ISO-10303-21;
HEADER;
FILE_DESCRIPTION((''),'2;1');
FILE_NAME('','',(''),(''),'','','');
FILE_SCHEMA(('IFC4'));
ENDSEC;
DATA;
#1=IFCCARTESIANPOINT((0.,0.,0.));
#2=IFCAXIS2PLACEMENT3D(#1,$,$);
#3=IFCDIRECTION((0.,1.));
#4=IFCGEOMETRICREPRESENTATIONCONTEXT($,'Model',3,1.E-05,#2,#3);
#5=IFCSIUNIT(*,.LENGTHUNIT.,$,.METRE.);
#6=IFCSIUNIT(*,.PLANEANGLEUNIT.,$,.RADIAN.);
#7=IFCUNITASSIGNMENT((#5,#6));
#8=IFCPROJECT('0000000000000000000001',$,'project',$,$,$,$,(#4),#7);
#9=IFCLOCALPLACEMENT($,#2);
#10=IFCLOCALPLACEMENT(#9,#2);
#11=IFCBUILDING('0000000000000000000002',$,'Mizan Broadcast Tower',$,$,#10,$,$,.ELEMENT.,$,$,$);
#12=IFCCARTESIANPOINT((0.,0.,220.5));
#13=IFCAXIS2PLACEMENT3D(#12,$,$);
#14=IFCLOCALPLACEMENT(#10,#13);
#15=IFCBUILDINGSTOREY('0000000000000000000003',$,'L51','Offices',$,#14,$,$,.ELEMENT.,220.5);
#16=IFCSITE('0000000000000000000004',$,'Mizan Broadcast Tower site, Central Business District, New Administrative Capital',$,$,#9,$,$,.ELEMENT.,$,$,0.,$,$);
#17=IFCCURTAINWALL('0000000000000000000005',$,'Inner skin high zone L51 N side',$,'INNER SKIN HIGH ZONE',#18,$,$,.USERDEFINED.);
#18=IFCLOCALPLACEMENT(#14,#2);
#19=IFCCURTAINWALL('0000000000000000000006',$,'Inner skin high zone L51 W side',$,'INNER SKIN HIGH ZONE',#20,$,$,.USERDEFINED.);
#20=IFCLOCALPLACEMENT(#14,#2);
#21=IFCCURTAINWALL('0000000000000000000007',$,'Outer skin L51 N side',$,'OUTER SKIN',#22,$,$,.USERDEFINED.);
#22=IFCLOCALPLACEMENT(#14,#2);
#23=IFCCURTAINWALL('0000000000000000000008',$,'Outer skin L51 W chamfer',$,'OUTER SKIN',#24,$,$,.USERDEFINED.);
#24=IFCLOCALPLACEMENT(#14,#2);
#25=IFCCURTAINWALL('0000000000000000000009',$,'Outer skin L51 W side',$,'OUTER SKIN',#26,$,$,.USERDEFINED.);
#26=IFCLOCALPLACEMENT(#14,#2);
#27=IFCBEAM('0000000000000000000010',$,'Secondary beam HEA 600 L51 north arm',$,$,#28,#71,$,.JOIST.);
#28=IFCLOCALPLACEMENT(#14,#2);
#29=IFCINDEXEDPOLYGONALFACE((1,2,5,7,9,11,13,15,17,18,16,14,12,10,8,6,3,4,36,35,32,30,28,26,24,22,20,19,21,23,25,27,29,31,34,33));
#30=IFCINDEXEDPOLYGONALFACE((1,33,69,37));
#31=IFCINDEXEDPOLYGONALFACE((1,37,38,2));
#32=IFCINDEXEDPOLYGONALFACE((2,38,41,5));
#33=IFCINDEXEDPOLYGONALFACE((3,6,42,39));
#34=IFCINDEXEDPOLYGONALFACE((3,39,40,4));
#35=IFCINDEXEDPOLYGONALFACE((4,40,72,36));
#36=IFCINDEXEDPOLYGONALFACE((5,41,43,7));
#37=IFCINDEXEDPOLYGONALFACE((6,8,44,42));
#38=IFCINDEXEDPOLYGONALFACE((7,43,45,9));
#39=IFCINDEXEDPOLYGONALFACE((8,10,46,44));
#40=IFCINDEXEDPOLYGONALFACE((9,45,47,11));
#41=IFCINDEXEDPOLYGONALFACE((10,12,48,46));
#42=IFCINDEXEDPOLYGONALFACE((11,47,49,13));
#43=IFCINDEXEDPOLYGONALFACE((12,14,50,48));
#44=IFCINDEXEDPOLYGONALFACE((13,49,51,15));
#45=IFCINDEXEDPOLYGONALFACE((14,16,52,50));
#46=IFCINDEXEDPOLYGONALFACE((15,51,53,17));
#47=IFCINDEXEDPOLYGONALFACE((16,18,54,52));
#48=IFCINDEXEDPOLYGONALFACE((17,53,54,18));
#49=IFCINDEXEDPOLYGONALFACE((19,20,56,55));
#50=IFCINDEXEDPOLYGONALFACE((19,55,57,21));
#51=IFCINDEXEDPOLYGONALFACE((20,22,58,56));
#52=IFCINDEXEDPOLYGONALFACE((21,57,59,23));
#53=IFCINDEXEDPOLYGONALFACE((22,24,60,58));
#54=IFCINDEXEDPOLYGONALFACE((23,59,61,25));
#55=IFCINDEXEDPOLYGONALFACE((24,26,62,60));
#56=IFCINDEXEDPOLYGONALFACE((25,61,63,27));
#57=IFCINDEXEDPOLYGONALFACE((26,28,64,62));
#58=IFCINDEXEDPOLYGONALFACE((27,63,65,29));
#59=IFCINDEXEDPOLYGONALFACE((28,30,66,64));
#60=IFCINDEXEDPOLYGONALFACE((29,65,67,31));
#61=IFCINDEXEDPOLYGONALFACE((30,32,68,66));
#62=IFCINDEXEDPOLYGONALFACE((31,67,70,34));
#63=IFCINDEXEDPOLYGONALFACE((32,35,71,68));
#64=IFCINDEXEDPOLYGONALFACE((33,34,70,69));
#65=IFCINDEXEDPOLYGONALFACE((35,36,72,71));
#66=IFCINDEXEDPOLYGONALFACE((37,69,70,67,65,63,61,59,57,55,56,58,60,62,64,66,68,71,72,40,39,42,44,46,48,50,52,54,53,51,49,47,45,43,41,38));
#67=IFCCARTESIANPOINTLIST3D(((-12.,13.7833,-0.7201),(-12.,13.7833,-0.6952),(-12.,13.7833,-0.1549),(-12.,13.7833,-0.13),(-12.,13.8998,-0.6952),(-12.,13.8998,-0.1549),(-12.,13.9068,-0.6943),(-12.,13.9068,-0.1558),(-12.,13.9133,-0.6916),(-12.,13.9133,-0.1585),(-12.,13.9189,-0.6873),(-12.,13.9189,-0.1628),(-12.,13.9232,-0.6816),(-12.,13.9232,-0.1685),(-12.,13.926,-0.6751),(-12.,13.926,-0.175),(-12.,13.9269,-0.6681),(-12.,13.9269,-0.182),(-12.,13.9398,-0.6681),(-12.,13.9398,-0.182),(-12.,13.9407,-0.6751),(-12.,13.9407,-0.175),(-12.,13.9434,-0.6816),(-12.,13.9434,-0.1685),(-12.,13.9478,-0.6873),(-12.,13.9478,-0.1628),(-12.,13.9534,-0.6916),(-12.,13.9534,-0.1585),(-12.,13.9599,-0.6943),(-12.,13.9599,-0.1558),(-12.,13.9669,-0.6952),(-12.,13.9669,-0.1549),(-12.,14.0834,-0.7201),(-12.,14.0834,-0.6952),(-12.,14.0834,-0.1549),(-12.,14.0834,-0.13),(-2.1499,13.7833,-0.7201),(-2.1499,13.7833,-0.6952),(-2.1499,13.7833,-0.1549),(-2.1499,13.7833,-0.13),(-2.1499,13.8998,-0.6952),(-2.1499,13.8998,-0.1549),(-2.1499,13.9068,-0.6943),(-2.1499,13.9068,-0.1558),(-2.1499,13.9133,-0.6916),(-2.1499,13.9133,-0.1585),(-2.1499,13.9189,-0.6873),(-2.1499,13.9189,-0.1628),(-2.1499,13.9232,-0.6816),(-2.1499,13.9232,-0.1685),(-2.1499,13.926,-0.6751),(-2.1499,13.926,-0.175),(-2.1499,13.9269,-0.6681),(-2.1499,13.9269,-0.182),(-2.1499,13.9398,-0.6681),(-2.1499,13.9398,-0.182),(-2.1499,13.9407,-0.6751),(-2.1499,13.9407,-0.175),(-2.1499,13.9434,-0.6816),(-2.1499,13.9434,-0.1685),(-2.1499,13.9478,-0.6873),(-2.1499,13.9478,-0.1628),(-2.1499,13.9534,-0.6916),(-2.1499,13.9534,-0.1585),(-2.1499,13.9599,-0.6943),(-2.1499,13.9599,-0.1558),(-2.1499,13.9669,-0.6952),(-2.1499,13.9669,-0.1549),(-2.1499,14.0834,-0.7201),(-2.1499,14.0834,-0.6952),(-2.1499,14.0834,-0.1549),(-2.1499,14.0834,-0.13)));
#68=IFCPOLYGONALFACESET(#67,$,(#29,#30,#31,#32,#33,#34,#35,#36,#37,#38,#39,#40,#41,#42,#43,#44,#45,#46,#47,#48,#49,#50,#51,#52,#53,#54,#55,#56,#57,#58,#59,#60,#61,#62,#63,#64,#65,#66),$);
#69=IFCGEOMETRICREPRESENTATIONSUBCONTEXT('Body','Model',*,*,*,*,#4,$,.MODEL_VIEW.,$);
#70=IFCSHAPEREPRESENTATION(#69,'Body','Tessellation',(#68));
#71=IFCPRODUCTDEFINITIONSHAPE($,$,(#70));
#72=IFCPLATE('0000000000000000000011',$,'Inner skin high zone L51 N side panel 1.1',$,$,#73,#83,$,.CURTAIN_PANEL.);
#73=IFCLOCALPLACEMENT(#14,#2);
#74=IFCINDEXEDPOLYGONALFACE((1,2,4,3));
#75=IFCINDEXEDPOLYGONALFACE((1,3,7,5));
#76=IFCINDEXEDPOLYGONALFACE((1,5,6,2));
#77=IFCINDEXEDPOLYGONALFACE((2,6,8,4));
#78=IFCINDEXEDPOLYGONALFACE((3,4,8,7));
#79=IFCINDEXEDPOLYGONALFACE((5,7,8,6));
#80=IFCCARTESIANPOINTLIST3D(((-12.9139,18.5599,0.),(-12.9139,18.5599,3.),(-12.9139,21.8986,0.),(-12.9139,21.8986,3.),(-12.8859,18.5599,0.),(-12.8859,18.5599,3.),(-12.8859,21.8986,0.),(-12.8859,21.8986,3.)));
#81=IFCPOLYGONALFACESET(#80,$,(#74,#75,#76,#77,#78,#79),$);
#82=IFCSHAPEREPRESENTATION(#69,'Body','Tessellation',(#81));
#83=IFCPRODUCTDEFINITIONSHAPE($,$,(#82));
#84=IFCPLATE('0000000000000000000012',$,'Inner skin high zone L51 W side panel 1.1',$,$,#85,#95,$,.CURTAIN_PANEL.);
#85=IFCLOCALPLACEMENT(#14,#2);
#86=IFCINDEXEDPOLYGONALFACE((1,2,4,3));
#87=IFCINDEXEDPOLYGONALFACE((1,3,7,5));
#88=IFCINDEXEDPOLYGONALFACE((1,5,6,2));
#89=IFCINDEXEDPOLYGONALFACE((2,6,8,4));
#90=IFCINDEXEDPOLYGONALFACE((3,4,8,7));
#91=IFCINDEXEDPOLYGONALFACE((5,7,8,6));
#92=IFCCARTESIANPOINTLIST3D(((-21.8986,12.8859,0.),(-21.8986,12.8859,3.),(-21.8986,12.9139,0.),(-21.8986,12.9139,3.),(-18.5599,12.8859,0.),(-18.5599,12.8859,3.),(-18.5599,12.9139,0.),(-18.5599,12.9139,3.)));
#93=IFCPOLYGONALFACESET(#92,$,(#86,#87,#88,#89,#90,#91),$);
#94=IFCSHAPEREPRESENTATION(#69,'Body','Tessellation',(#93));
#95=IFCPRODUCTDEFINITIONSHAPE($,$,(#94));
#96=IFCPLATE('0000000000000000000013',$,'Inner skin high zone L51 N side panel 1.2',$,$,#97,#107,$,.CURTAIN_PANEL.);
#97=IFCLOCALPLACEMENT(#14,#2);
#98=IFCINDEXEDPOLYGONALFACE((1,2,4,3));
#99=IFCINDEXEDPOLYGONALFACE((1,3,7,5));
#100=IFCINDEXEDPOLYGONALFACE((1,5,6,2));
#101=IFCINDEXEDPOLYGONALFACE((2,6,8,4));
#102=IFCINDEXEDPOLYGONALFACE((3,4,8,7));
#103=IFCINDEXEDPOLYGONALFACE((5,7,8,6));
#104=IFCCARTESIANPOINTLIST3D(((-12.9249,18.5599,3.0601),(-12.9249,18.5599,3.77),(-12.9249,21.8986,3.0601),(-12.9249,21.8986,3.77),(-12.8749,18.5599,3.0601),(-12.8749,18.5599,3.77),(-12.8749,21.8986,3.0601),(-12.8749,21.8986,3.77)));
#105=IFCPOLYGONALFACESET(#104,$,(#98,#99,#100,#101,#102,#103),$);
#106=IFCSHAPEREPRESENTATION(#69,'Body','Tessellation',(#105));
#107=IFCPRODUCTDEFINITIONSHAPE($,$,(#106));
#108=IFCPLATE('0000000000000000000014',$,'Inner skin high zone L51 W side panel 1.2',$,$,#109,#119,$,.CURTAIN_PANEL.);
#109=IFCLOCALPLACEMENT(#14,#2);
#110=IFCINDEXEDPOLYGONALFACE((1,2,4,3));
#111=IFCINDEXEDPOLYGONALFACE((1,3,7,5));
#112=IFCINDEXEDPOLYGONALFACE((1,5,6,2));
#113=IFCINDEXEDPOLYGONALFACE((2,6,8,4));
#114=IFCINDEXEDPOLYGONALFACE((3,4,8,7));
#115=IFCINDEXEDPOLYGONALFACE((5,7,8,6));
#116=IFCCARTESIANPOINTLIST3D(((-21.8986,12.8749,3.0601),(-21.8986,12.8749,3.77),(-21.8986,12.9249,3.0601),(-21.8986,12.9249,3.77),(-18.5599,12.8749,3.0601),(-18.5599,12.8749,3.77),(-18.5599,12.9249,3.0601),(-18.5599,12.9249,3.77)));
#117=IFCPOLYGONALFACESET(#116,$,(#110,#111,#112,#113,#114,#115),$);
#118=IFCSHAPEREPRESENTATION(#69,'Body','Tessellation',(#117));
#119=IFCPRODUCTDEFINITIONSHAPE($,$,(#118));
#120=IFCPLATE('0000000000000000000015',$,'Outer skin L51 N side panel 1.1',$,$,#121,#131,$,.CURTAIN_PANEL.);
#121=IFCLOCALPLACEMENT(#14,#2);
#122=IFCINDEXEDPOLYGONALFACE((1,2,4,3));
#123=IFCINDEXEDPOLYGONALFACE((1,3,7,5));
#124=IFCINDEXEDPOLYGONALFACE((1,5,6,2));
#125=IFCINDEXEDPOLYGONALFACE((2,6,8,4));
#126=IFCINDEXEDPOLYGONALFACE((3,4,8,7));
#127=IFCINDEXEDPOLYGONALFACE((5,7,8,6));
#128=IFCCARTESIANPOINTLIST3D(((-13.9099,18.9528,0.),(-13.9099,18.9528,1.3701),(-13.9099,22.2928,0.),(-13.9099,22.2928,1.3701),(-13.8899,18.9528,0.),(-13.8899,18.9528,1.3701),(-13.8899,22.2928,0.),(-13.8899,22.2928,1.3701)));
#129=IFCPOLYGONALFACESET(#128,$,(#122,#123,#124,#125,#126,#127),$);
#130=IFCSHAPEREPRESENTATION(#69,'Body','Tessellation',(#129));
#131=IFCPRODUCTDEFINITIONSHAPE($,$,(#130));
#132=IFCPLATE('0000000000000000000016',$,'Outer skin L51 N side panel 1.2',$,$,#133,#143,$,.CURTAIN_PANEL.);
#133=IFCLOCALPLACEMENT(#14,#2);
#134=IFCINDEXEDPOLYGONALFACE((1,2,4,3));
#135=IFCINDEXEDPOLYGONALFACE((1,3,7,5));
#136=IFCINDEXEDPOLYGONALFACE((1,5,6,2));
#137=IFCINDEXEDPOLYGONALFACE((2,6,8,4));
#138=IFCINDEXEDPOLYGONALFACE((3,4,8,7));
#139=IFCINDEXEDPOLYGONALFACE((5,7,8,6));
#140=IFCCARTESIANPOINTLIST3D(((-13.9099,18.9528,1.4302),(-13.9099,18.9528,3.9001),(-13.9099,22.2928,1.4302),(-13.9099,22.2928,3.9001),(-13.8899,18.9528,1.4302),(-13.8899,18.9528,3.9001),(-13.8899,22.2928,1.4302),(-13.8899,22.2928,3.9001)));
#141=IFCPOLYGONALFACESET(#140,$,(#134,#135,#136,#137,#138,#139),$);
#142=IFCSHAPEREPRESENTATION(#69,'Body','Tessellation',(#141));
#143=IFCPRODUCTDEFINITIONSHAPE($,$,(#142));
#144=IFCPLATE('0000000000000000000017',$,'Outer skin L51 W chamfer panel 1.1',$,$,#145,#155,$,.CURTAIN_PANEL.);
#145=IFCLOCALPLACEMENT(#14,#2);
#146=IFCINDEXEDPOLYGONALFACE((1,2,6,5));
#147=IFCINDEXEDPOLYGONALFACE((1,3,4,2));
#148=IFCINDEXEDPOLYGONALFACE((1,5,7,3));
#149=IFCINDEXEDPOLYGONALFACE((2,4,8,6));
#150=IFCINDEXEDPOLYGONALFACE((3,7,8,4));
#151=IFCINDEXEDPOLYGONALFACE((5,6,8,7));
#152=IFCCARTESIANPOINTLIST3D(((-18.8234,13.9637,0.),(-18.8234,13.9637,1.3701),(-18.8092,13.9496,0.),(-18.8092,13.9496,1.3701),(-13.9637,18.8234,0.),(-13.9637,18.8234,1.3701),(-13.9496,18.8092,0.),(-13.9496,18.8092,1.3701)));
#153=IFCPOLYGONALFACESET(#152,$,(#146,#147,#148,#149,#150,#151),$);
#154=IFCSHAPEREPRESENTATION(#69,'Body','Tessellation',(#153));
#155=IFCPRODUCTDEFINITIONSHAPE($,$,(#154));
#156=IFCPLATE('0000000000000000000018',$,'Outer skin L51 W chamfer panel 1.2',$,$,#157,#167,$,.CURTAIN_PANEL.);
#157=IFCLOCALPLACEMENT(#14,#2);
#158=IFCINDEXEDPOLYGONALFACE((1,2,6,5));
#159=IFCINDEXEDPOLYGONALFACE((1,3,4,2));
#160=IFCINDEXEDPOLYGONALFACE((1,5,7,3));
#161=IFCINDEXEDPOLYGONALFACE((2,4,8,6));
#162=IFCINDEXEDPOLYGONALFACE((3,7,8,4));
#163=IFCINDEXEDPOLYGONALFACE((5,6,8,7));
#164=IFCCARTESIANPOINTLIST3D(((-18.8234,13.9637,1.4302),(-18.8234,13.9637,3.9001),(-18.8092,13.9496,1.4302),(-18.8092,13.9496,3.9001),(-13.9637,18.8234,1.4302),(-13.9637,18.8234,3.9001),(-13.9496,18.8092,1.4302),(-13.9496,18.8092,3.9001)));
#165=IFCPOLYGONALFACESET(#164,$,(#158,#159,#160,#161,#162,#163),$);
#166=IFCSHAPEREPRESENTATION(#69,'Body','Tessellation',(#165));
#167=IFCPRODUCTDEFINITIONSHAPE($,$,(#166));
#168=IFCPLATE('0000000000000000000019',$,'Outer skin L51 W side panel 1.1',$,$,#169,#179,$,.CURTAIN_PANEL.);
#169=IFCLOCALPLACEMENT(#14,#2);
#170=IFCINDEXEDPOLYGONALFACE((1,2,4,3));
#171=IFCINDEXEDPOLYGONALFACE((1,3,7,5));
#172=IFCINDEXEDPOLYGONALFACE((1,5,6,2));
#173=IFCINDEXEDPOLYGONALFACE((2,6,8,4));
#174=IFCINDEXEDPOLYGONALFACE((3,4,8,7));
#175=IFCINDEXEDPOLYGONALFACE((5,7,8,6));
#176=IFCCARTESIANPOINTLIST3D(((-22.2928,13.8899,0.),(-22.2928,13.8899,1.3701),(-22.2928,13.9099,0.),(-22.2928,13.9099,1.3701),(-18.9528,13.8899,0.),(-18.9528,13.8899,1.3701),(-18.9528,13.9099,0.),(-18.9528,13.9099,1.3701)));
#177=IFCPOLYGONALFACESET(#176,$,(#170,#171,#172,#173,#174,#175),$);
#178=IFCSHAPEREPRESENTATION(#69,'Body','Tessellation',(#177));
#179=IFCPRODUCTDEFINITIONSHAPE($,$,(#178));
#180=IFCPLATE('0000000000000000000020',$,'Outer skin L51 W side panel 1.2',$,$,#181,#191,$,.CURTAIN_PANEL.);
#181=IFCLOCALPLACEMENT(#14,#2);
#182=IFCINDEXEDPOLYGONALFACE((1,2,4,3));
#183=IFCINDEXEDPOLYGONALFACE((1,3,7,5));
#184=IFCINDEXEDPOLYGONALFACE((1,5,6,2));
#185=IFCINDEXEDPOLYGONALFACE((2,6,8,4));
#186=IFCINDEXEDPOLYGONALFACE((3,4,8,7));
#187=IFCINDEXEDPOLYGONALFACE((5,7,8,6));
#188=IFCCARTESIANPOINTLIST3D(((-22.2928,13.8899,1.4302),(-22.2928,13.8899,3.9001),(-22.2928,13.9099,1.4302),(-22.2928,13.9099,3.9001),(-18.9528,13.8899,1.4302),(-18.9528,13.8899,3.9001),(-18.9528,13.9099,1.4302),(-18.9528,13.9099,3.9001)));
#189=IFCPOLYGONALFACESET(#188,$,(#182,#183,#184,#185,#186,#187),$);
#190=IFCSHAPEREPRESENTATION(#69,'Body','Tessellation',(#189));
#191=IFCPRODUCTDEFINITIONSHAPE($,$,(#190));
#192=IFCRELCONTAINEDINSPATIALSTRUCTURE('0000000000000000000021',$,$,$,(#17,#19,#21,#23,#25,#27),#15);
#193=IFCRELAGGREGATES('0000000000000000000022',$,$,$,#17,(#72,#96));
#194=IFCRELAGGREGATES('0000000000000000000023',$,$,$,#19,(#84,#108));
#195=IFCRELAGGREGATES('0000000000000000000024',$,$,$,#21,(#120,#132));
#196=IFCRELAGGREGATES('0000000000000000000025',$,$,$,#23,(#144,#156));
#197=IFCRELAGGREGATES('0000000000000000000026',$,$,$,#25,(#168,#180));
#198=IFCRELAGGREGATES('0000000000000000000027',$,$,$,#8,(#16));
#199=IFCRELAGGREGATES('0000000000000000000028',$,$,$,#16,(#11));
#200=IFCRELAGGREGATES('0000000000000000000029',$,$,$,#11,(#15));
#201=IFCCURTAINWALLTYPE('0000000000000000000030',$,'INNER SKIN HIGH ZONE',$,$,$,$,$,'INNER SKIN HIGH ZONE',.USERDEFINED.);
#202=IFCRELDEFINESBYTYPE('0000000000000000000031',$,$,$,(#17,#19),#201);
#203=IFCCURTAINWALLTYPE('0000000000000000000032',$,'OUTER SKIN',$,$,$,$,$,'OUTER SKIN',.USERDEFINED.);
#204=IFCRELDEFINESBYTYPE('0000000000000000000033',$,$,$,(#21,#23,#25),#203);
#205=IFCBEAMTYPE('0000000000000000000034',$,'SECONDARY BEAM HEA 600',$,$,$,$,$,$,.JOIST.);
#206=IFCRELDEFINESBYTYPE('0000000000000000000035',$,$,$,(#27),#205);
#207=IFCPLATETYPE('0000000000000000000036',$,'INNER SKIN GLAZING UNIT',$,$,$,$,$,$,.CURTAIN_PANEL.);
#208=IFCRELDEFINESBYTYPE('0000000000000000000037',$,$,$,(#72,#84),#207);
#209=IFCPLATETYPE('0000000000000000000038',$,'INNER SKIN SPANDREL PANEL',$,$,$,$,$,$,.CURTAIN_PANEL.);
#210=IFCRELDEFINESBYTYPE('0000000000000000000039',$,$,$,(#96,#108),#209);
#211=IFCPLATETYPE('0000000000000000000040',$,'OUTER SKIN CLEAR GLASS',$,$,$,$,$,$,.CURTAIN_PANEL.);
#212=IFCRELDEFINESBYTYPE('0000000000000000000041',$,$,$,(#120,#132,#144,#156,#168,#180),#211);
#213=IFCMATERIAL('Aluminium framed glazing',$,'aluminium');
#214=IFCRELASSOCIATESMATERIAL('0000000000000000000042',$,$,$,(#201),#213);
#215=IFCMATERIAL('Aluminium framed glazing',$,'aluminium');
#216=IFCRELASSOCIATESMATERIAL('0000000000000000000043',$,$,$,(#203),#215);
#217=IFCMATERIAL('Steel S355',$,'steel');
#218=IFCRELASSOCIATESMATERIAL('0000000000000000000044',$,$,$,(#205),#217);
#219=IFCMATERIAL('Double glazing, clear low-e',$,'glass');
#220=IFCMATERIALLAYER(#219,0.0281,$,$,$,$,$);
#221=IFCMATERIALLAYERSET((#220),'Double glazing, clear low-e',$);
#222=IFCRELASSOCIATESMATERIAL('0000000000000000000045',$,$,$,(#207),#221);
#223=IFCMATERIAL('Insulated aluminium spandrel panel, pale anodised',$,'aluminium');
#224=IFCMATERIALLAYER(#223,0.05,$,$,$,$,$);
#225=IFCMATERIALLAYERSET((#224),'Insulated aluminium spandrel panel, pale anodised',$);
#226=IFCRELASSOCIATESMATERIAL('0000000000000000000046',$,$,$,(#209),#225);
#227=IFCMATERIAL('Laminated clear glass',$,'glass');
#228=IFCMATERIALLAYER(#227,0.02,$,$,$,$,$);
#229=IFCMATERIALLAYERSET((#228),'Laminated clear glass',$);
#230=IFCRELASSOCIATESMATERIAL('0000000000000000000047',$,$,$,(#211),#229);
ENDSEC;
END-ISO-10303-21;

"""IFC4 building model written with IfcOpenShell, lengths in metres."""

from ifc_helpers import new_model, si_unit, direction, frame, origin, origin_2d, place, context, subcontext, project, spatial, rectangle, i_section, extrude, material, layer, layer_set, material_profile, profile_set, type_object, element, aggregate, save


model = new_model("IFC4")

# Units and contexts
model_context = context("Model", 3, precision=1e-05, world=origin(), true_north=direction((0.0, 1.0)))
body_context = subcontext(model_context, "Body", "Model", "MODEL_VIEW")
ifc_project = project(units=[si_unit("LENGTHUNIT", "METRE"), si_unit("PLANEANGLEUNIT", "RADIAN")], contexts=[model_context])

# Site, building, storey
site_placement = place(None, origin())
site = spatial("IfcSite", under=ifc_project, at=site_placement, Name="Mizan Broadcast Tower site, Central Business District, New Administrative Capital", CompositionType="ELEMENT", RefElevation=0.0)
building_placement = place(site_placement, origin())
building = spatial("IfcBuilding", under=site, at=building_placement, Name="Mizan Broadcast Tower", CompositionType="ELEMENT")
storey_placement = place(building_placement, frame((0.0, 0.0, 220.5)))
storey = spatial("IfcBuildingStorey", under=building, at=storey_placement, Name="L51", Description="Offices", CompositionType="ELEMENT", Elevation=220.5)

# Shared definitions
ifc_material_1 = material(Name="Aluminium framed glazing", Category="aluminium")
curtain_wall_type_1 = type_object("IfcCurtainWallType", Name="INNER SKIN HIGH ZONE", ElementType="INNER SKIN HIGH ZONE", PredefinedType="USERDEFINED", material=ifc_material_1)

# Curtain wall
curtain_wall_1_placement = place(storey_placement, origin())
curtain_wall_1 = element("IfcCurtainWall", 1, at=curtain_wall_1_placement, inside=storey, type_object=curtain_wall_type_1, Name="Inner skin high zone L51 N side", ObjectType="INNER SKIN HIGH ZONE", PredefinedType="USERDEFINED")

# Curtain walls
curtain_wall_2_placement = place(storey_placement, origin())
curtain_wall_2 = element("IfcCurtainWall", 2, at=curtain_wall_2_placement, inside=storey, type_object=curtain_wall_type_1, Name="Inner skin high zone L51 W side", ObjectType="INNER SKIN HIGH ZONE", PredefinedType="USERDEFINED")
ifc_material_2 = material(Name="Aluminium framed glazing", Category="aluminium")
curtain_wall_type_2 = type_object("IfcCurtainWallType", Name="OUTER SKIN", ElementType="OUTER SKIN", PredefinedType="USERDEFINED", material=ifc_material_2)
curtain_wall_3_placement = place(storey_placement, origin())
curtain_wall_3 = element("IfcCurtainWall", 3, at=curtain_wall_3_placement, inside=storey, type_object=curtain_wall_type_2, Name="Outer skin L51 N side", ObjectType="OUTER SKIN", PredefinedType="USERDEFINED")
curtain_wall_4_placement = place(storey_placement, origin())
curtain_wall_4 = element("IfcCurtainWall", 4, at=curtain_wall_4_placement, inside=storey, type_object=curtain_wall_type_2, Name="Outer skin L51 W chamfer", ObjectType="OUTER SKIN", PredefinedType="USERDEFINED")
curtain_wall_5_placement = place(storey_placement, origin())
curtain_wall_5 = element("IfcCurtainWall", 5, at=curtain_wall_5_placement, inside=storey, type_object=curtain_wall_type_2, Name="Outer skin L51 W side", ObjectType="OUTER SKIN", PredefinedType="USERDEFINED")

# Beam
ifc_material_3 = material(Name="Steel S355", Category="steel")
ifc_material_profile_1 = material_profile(ifc_material_3, i_section(OverallWidth=0.3, OverallDepth=0.5901, WebThickness=0.0129, FlangeThickness=0.0249, FilletRadius=0.0271, at=origin_2d()), Name="HEA 600")
ifc_profile_set_1 = profile_set([ifc_material_profile_1], Name="Steel S355")
beam_type = type_object("IfcBeamType", Name="SECONDARY BEAM HEA 600", PredefinedType="JOIST", material=ifc_profile_set_1)
beam_placement = place(storey_placement, frame((-12.0, 13.9333, -0.425), z_axis=(1.0, 0.0, 0.0), x_axis=(0.0, 1.0, 0.0)))
element("IfcBeam", 6, at=beam_placement, inside=storey, type_object=beam_type, Name="Secondary beam HEA 600 L51 north arm", PredefinedType="JOIST", context=body_context, shape_type="SweptSolid", body=[
    extrude(i_section(OverallWidth=0.3, OverallDepth=0.5901, WebThickness=0.0129, FlangeThickness=0.0249, FilletRadius=0.0271, at=origin_2d()), origin(), (0.0, 0.0, 1.0), 9.8501),
])

# Plates
ifc_material_4 = material(Name="Double glazing, clear low-e", Category="glass")
ifc_layer_1 = layer(ifc_material_4, 0.0281)
ifc_layer_set_1 = layer_set([ifc_layer_1], Name="Double glazing, clear low-e")
plate_type_1 = type_object("IfcPlateType", Name="INNER SKIN GLAZING UNIT", PredefinedType="CURTAIN_PANEL", material=ifc_layer_set_1)
plate_1_placement = place(storey_placement, frame((-12.8999, 20.2292, 0.0), z_axis=(0.0, 0.0, 1.0), x_axis=(0.0, -1.0, 0.0)))
plate_1 = element("IfcPlate", 7, at=plate_1_placement, type_object=plate_type_1, Name="Inner skin high zone L51 N side panel 1.1", PredefinedType="CURTAIN_PANEL", context=body_context, shape_type="SweptSolid", body=[
    extrude(rectangle(XDim=3.3386, YDim=0.0281, at=origin_2d()), origin(), (0.0, 0.0, 1.0), 3.0),
])
plate_2_placement = place(storey_placement, frame((-20.2292, 12.8999, 0.0), z_axis=(0.0, 0.0, 1.0), x_axis=(-1.0, 0.0, 0.0)))
plate_2 = element("IfcPlate", 8, at=plate_2_placement, type_object=plate_type_1, Name="Inner skin high zone L51 W side panel 1.1", PredefinedType="CURTAIN_PANEL", context=body_context, shape_type="SweptSolid", body=[
    extrude(rectangle(XDim=3.3386, YDim=0.0281, at=origin_2d()), origin(), (0.0, 0.0, 1.0), 3.0),
])
ifc_material_5 = material(Name="Insulated aluminium spandrel panel, pale anodised", Category="aluminium")
ifc_layer_2 = layer(ifc_material_5, 0.05)
ifc_layer_set_2 = layer_set([ifc_layer_2], Name="Insulated aluminium spandrel panel, pale anodised")
plate_type_2 = type_object("IfcPlateType", Name="INNER SKIN SPANDREL PANEL", PredefinedType="CURTAIN_PANEL", material=ifc_layer_set_2)
plate_3_placement = place(storey_placement, frame((-12.8999, 20.2292, 3.0601), z_axis=(0.0, 0.0, 1.0), x_axis=(0.0, -1.0, 0.0)))
plate_3 = element("IfcPlate", 9, at=plate_3_placement, type_object=plate_type_2, Name="Inner skin high zone L51 N side panel 1.2", PredefinedType="CURTAIN_PANEL", context=body_context, shape_type="SweptSolid", body=[
    extrude(rectangle(XDim=3.3386, YDim=0.05, at=origin_2d()), origin(), (0.0, 0.0, 1.0), 0.71),
])
aggregate(curtain_wall_1, [plate_1, plate_3])
plate_4_placement = place(storey_placement, frame((-20.2292, 12.8999, 3.0601), z_axis=(0.0, 0.0, 1.0), x_axis=(-1.0, 0.0, 0.0)))
plate_4 = element("IfcPlate", 10, at=plate_4_placement, type_object=plate_type_2, Name="Inner skin high zone L51 W side panel 1.2", PredefinedType="CURTAIN_PANEL", context=body_context, shape_type="SweptSolid", body=[
    extrude(rectangle(XDim=3.3386, YDim=0.05, at=origin_2d()), origin(), (0.0, 0.0, 1.0), 0.71),
])
aggregate(curtain_wall_2, [plate_2, plate_4])
ifc_material_6 = material(Name="Laminated clear glass", Category="glass")
ifc_layer_3 = layer(ifc_material_6, 0.02)
ifc_layer_set_3 = layer_set([ifc_layer_3], Name="Laminated clear glass")
plate_type_3 = type_object("IfcPlateType", Name="OUTER SKIN CLEAR GLASS", PredefinedType="CURTAIN_PANEL", material=ifc_layer_set_3)
plate_5_placement = place(storey_placement, frame((-13.8999, 20.6228, 0.0), z_axis=(0.0, 0.0, 1.0), x_axis=(0.0, -1.0, 0.0)))
plate_5 = element("IfcPlate", 11, at=plate_5_placement, type_object=plate_type_3, Name="Outer skin L51 N side panel 1.1", PredefinedType="CURTAIN_PANEL", context=body_context, shape_type="SweptSolid", body=[
    extrude(rectangle(XDim=3.3401, YDim=0.02, at=origin_2d()), origin(), (0.0, 0.0, 1.0), 1.3701),
])
plate_6_placement = place(storey_placement, frame((-13.8999, 20.6228, 1.4302), z_axis=(0.0, 0.0, 1.0), x_axis=(0.0, -1.0, 0.0)))
plate_6 = element("IfcPlate", 12, at=plate_6_placement, type_object=plate_type_3, Name="Outer skin L51 N side panel 1.2", PredefinedType="CURTAIN_PANEL", context=body_context, shape_type="SweptSolid", body=[
    extrude(rectangle(XDim=3.3401, YDim=0.02, at=origin_2d()), origin(), (0.0, 0.0, 1.0), 2.47),
])
aggregate(curtain_wall_3, [plate_5, plate_6])
plate_7_placement = place(storey_placement, frame((-16.3865, 16.3865, 0.0), z_axis=(0.0, 0.0, 1.0), x_axis=(-0.707107, -0.707107, 0.0)))
plate_7 = element("IfcPlate", 13, at=plate_7_placement, type_object=plate_type_3, Name="Outer skin L51 W chamfer panel 1.1", PredefinedType="CURTAIN_PANEL", context=body_context, shape_type="SweptSolid", body=[
    extrude(rectangle(XDim=6.8726, YDim=0.02, at=origin_2d()), origin(), (0.0, 0.0, 1.0), 1.3701),
])
plate_8_placement = place(storey_placement, frame((-16.3865, 16.3865, 1.4302), z_axis=(0.0, 0.0, 1.0), x_axis=(-0.707107, -0.707107, 0.0)))
plate_8 = element("IfcPlate", 14, at=plate_8_placement, type_object=plate_type_3, Name="Outer skin L51 W chamfer panel 1.2", PredefinedType="CURTAIN_PANEL", context=body_context, shape_type="SweptSolid", body=[
    extrude(rectangle(XDim=6.8726, YDim=0.02, at=origin_2d()), origin(), (0.0, 0.0, 1.0), 2.47),
])
aggregate(curtain_wall_4, [plate_7, plate_8])
plate_9_placement = place(storey_placement, frame((-20.6228, 13.8999, 0.0), z_axis=(0.0, 0.0, 1.0), x_axis=(-1.0, 0.0, 0.0)))
plate_9 = element("IfcPlate", 15, at=plate_9_placement, type_object=plate_type_3, Name="Outer skin L51 W side panel 1.1", PredefinedType="CURTAIN_PANEL", context=body_context, shape_type="SweptSolid", body=[
    extrude(rectangle(XDim=3.3401, YDim=0.02, at=origin_2d()), origin(), (0.0, 0.0, 1.0), 1.3701),
])
plate_10_placement = place(storey_placement, frame((-20.6228, 13.8999, 1.4302), z_axis=(0.0, 0.0, 1.0), x_axis=(-1.0, 0.0, 0.0)))
plate_10 = element("IfcPlate", 16, at=plate_10_placement, type_object=plate_type_3, Name="Outer skin L51 W side panel 1.2", PredefinedType="CURTAIN_PANEL", context=body_context, shape_type="SweptSolid", body=[
    extrude(rectangle(XDim=3.3401, YDim=0.02, at=origin_2d()), origin(), (0.0, 0.0, 1.0), 2.47),
])
aggregate(curtain_wall_5, [plate_9, plate_10])

save(model, "model.ifc")
